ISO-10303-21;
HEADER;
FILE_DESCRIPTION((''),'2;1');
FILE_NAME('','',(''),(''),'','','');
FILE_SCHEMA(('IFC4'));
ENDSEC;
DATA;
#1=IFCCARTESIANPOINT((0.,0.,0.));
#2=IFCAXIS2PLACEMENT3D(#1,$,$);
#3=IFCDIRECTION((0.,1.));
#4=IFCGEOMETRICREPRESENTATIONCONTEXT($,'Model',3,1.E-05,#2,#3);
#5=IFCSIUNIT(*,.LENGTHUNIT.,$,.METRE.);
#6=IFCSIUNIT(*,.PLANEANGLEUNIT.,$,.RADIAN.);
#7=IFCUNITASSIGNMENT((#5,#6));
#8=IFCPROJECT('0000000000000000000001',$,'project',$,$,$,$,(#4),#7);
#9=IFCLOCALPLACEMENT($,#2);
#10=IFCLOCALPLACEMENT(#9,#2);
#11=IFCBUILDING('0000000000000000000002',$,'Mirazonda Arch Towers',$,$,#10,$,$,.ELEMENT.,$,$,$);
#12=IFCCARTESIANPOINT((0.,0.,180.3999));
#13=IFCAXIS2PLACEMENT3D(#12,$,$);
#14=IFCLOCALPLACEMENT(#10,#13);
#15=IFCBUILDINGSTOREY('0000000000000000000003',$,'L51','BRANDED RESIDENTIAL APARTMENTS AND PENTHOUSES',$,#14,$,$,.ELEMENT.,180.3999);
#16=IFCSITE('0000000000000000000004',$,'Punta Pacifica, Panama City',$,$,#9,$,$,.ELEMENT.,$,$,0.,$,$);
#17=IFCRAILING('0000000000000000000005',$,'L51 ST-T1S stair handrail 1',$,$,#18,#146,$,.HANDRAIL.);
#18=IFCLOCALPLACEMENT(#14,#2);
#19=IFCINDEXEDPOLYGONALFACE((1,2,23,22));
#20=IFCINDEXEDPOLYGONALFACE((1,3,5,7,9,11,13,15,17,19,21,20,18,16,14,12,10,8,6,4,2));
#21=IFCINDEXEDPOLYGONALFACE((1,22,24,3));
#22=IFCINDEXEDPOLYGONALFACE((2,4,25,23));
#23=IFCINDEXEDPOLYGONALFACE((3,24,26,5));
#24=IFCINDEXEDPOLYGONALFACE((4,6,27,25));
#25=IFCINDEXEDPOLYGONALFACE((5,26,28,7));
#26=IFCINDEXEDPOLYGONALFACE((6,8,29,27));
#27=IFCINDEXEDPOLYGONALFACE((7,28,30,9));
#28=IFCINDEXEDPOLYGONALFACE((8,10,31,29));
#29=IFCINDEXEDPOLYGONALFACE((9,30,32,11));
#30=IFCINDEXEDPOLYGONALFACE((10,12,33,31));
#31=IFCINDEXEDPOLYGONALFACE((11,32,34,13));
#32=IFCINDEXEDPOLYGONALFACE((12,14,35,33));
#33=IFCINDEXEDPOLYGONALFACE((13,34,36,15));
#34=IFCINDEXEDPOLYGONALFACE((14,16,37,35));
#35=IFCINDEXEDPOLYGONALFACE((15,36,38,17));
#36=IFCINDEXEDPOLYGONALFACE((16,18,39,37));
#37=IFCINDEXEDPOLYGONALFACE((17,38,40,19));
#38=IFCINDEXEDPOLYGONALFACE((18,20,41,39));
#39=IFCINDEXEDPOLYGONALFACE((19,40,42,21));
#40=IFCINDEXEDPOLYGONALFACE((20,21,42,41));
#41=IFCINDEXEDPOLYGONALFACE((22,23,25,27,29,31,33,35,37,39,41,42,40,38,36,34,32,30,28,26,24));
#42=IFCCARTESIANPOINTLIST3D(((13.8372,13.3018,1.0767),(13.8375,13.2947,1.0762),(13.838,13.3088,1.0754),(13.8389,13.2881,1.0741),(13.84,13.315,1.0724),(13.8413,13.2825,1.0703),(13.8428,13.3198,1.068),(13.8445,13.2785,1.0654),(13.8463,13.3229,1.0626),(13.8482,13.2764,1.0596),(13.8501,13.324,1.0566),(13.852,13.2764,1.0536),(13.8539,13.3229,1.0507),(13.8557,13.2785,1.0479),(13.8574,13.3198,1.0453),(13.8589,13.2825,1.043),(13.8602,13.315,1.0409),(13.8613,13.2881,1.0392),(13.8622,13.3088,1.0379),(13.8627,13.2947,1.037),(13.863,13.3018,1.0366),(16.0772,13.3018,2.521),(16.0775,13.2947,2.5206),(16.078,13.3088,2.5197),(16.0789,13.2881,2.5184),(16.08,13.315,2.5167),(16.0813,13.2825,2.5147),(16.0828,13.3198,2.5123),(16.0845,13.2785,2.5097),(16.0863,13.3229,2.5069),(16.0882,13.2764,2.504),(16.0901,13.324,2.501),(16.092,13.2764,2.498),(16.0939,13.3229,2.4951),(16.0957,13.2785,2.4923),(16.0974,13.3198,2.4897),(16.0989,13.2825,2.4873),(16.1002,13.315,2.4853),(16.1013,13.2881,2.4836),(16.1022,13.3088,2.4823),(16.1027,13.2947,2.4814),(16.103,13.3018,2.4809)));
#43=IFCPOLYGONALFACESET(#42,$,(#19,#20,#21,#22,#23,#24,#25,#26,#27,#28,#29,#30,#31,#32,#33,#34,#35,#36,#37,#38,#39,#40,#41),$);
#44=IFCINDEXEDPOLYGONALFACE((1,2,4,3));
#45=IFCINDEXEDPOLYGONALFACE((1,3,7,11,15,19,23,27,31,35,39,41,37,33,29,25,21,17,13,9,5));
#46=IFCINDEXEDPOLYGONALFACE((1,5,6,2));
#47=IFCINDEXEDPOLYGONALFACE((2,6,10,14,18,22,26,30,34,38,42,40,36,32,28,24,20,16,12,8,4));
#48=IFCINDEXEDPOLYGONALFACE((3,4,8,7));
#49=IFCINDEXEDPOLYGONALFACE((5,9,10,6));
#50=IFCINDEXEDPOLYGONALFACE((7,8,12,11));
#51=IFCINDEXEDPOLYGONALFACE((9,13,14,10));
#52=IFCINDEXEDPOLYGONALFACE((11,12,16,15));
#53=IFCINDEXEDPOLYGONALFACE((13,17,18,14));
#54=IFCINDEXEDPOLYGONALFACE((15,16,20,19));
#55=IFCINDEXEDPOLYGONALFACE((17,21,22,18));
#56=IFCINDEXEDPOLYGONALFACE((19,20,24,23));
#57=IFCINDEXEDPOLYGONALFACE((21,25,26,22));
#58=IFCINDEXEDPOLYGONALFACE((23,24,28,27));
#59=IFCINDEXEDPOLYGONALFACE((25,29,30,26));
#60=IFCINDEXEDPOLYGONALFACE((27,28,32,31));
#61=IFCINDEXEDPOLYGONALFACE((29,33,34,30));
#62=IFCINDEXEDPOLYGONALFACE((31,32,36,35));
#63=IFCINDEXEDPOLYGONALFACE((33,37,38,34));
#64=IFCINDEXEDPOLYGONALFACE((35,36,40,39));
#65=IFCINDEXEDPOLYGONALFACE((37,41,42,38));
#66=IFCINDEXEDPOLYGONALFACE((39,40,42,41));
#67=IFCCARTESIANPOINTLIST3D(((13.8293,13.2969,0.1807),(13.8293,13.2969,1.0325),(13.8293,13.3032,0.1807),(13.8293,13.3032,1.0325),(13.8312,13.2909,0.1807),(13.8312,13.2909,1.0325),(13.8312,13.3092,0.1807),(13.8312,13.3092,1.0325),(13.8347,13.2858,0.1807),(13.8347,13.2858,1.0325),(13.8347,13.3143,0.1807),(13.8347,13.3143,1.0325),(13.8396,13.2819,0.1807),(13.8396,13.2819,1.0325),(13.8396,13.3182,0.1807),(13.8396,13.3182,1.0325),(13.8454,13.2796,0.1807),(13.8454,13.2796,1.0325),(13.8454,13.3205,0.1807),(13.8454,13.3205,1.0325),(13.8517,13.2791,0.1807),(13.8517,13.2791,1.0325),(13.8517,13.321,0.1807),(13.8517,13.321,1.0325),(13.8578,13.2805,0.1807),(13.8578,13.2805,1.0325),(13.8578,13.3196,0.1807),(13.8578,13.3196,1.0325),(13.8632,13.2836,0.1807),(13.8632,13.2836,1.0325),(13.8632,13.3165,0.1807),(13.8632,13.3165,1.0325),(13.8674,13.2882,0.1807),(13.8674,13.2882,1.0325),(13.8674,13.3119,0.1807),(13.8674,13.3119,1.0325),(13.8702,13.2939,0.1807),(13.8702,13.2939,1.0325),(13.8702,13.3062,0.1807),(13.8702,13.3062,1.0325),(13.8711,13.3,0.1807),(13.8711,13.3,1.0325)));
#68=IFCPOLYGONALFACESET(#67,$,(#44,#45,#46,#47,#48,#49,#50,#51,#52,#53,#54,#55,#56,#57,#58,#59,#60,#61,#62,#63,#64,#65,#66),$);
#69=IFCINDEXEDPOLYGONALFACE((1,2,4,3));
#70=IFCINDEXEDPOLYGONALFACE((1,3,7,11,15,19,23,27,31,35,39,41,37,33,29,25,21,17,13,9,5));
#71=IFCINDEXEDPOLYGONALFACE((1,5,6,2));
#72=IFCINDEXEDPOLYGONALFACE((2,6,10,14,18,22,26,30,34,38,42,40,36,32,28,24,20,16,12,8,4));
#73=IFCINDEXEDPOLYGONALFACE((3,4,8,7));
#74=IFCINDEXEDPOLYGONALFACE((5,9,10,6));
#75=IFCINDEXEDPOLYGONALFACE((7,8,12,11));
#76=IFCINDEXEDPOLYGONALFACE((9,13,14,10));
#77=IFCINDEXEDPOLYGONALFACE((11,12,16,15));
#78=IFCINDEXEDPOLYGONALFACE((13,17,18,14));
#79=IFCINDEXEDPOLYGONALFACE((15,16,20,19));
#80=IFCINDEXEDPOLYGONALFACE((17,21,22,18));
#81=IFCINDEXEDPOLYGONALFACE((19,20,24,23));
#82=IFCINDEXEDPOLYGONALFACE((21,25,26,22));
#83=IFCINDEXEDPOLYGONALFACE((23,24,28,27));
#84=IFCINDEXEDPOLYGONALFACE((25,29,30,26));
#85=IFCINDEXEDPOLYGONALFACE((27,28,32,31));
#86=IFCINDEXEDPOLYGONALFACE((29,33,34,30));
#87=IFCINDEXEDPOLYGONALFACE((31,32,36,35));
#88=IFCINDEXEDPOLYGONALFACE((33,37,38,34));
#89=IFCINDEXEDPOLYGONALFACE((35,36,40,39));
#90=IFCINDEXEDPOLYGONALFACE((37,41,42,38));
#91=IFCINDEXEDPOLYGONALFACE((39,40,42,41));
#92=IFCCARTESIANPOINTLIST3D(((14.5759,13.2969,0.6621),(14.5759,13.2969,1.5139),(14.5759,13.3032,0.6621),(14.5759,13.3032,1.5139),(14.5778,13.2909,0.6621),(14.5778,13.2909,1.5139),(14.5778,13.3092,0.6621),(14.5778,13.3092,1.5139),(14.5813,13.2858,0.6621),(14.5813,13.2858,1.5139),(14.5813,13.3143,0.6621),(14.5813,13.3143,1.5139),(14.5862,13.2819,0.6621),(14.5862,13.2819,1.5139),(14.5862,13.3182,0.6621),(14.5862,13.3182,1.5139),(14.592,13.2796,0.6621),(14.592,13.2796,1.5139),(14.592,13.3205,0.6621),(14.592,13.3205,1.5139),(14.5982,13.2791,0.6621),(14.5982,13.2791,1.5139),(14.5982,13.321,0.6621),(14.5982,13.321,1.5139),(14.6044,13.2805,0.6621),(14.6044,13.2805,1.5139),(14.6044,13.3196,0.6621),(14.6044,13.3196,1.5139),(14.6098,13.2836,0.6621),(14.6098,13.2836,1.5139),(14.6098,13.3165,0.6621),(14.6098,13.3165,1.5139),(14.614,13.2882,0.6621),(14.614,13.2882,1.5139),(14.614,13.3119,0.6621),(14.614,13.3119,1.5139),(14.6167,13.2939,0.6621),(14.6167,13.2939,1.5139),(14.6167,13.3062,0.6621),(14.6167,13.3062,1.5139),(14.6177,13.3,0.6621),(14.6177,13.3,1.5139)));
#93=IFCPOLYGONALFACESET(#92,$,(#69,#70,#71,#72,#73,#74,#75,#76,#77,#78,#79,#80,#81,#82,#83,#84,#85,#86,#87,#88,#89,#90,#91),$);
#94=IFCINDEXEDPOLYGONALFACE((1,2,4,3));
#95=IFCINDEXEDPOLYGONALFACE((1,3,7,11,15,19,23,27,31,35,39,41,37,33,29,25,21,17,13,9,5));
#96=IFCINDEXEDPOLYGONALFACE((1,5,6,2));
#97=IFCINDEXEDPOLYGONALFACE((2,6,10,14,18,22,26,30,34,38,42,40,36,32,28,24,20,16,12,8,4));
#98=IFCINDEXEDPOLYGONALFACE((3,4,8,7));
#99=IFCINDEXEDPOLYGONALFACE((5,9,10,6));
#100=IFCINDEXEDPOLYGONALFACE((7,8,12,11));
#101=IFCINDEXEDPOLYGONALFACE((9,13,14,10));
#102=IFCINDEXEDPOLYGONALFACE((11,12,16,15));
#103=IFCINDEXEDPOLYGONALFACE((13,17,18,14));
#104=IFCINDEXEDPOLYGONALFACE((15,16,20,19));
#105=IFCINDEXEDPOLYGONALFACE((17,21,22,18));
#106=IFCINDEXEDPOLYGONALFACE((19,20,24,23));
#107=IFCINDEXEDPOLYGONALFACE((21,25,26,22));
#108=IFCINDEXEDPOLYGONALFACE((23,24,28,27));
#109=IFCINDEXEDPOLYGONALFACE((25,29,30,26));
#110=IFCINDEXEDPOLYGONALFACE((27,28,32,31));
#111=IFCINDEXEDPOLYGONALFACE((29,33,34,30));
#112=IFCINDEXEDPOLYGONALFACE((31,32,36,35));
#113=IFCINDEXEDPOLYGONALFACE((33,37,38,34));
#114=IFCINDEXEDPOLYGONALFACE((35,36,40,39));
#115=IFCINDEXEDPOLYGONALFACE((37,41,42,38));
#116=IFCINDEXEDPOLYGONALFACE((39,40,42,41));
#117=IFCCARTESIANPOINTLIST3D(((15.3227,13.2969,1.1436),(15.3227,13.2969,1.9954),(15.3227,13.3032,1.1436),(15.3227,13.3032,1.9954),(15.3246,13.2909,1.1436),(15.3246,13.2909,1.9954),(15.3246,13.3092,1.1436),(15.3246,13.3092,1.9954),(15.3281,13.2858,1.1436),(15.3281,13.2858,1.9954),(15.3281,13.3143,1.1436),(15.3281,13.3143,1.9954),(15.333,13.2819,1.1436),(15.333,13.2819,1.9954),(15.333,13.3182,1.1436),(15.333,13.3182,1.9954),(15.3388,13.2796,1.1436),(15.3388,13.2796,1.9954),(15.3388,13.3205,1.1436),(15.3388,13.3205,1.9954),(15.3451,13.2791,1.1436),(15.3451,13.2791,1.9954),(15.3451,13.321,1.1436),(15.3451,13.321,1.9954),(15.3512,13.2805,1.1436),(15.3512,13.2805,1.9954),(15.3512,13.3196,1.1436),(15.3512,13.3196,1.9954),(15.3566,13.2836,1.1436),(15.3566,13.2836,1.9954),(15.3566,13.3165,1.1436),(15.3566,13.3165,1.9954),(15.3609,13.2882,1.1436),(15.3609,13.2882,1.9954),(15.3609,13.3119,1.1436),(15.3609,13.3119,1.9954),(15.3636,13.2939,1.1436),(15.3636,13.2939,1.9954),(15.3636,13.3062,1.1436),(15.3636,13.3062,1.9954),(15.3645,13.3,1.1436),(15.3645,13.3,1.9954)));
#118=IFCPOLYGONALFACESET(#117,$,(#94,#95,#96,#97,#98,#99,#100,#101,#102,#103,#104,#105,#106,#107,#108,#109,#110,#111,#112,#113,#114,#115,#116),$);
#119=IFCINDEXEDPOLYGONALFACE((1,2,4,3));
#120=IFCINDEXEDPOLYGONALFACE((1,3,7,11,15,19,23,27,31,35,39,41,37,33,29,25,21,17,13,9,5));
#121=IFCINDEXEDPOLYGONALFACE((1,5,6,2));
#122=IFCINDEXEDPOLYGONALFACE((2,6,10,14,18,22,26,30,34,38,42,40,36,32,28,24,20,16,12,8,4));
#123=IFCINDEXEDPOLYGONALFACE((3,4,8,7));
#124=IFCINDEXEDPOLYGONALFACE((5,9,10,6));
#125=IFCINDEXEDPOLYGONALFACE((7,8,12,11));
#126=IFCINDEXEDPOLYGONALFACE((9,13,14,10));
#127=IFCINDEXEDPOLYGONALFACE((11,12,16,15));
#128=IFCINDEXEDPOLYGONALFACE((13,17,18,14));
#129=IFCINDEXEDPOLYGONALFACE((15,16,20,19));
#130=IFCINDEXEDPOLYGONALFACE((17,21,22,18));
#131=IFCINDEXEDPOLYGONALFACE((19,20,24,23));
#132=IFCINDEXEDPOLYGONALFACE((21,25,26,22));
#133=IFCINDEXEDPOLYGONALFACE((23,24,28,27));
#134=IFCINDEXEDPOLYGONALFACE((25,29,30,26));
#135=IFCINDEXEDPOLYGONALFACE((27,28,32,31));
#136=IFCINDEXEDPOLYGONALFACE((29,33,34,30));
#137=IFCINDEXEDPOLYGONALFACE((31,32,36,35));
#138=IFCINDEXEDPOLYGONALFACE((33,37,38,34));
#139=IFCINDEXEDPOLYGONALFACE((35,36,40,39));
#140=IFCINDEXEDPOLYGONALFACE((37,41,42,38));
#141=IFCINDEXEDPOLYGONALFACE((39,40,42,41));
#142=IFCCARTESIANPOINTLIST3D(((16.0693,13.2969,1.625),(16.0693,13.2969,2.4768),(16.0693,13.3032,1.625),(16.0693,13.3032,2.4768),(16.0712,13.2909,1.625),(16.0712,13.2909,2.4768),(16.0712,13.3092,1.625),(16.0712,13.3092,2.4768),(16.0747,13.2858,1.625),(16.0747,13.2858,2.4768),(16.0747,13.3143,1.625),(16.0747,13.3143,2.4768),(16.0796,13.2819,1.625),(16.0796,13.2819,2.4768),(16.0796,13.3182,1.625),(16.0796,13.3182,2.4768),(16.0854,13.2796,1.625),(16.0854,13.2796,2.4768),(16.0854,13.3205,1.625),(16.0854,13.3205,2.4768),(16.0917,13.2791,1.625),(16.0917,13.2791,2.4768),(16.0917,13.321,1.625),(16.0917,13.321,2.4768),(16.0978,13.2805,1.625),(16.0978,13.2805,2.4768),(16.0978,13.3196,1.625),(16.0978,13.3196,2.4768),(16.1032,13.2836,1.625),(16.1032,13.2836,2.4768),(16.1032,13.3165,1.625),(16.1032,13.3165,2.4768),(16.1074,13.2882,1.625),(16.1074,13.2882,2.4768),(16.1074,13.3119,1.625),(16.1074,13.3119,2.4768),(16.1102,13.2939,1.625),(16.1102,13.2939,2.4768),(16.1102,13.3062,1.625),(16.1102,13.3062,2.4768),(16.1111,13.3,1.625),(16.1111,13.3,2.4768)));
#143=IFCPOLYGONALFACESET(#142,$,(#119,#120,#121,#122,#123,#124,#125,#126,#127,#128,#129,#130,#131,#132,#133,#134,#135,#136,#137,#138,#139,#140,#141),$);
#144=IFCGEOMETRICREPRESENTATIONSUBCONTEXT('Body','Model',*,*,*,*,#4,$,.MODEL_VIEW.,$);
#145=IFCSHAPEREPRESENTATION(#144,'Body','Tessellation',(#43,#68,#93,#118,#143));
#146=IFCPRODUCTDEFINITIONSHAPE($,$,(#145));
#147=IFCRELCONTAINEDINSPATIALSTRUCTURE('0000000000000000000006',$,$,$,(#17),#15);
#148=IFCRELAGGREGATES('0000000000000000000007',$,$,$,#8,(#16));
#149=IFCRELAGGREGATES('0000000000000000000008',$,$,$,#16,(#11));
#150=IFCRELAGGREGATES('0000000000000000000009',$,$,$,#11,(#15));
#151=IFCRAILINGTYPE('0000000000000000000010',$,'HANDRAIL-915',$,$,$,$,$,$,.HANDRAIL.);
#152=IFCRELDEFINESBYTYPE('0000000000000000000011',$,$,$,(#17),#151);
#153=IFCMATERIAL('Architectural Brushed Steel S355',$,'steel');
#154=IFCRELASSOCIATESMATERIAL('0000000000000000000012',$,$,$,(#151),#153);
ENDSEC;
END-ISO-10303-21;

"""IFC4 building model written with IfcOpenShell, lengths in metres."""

from ifc_helpers import new_model, si_unit, direction, frame, origin, origin_2d, place, context, subcontext, project, spatial, circle, extrude, material, type_object, element, save


model = new_model("IFC4")

# Units and contexts
model_context = context("Model", 3, precision=1e-05, world=origin(), true_north=direction((0.0, 1.0)))
body_context = subcontext(model_context, "Body", "Model", "MODEL_VIEW")
ifc_project = project(units=[si_unit("LENGTHUNIT", "METRE"), si_unit("PLANEANGLEUNIT", "RADIAN")], contexts=[model_context])

# Site, building, storey
site_placement = place(None, origin())
site = spatial("IfcSite", under=ifc_project, at=site_placement, Name="Punta Pacifica, Panama City", CompositionType="ELEMENT", RefElevation=0.0)
building_placement = place(site_placement, origin())
building = spatial("IfcBuilding", under=site, at=building_placement, Name="Mirazonda Arch Towers", CompositionType="ELEMENT")
storey_placement = place(building_placement, frame((0.0, 0.0, 180.3999)))
storey = spatial("IfcBuildingStorey", under=building, at=storey_placement, Name="L51", Description="BRANDED RESIDENTIAL APARTMENTS AND PENTHOUSES", CompositionType="ELEMENT", Elevation=180.3999)

# Shared definitions
ifc_material_1 = material(Name="Architectural Brushed Steel S355", Category="steel")

# Railing
railing_type_1 = type_object("IfcRailingType", Name="HANDRAIL-915", PredefinedType="HANDRAIL", material=ifc_material_1)
railing_1_placement = place(storey_placement, frame((13.8501, 13.3, 0.1807)))
element("IfcRailing", 1, at=railing_1_placement, inside=storey, type_object=railing_type_1, Name="L51 ST-T1S stair handrail 1", PredefinedType="HANDRAIL", context=body_context, shape_type="SweptSolid", body=[
    extrude(circle(Radius=0.0239, at=origin_2d()), frame((0.0, 0.0, 0.876), z_axis=(0.840437, 0.0, 0.54191), x_axis=(0.0, 1.0, 0.0)), (0.0, 0.0, 1.0), 2.6653),
    extrude(circle(Radius=0.021, at=origin_2d()), origin(), (0.0, 0.0, 1.0), 0.8518),
    extrude(circle(Radius=0.021, at=origin_2d()), frame((0.7466, 0.0, 0.4814)), (0.0, 0.0, 1.0), 0.8518),
    extrude(circle(Radius=0.021, at=origin_2d()), frame((1.4934, 0.0, 0.9629)), (0.0, 0.0, 1.0), 0.8518),
    extrude(circle(Radius=0.021, at=origin_2d()), frame((2.24, 0.0, 1.4443)), (0.0, 0.0, 1.0), 0.8518),
])

save(model, "model.ifc")
